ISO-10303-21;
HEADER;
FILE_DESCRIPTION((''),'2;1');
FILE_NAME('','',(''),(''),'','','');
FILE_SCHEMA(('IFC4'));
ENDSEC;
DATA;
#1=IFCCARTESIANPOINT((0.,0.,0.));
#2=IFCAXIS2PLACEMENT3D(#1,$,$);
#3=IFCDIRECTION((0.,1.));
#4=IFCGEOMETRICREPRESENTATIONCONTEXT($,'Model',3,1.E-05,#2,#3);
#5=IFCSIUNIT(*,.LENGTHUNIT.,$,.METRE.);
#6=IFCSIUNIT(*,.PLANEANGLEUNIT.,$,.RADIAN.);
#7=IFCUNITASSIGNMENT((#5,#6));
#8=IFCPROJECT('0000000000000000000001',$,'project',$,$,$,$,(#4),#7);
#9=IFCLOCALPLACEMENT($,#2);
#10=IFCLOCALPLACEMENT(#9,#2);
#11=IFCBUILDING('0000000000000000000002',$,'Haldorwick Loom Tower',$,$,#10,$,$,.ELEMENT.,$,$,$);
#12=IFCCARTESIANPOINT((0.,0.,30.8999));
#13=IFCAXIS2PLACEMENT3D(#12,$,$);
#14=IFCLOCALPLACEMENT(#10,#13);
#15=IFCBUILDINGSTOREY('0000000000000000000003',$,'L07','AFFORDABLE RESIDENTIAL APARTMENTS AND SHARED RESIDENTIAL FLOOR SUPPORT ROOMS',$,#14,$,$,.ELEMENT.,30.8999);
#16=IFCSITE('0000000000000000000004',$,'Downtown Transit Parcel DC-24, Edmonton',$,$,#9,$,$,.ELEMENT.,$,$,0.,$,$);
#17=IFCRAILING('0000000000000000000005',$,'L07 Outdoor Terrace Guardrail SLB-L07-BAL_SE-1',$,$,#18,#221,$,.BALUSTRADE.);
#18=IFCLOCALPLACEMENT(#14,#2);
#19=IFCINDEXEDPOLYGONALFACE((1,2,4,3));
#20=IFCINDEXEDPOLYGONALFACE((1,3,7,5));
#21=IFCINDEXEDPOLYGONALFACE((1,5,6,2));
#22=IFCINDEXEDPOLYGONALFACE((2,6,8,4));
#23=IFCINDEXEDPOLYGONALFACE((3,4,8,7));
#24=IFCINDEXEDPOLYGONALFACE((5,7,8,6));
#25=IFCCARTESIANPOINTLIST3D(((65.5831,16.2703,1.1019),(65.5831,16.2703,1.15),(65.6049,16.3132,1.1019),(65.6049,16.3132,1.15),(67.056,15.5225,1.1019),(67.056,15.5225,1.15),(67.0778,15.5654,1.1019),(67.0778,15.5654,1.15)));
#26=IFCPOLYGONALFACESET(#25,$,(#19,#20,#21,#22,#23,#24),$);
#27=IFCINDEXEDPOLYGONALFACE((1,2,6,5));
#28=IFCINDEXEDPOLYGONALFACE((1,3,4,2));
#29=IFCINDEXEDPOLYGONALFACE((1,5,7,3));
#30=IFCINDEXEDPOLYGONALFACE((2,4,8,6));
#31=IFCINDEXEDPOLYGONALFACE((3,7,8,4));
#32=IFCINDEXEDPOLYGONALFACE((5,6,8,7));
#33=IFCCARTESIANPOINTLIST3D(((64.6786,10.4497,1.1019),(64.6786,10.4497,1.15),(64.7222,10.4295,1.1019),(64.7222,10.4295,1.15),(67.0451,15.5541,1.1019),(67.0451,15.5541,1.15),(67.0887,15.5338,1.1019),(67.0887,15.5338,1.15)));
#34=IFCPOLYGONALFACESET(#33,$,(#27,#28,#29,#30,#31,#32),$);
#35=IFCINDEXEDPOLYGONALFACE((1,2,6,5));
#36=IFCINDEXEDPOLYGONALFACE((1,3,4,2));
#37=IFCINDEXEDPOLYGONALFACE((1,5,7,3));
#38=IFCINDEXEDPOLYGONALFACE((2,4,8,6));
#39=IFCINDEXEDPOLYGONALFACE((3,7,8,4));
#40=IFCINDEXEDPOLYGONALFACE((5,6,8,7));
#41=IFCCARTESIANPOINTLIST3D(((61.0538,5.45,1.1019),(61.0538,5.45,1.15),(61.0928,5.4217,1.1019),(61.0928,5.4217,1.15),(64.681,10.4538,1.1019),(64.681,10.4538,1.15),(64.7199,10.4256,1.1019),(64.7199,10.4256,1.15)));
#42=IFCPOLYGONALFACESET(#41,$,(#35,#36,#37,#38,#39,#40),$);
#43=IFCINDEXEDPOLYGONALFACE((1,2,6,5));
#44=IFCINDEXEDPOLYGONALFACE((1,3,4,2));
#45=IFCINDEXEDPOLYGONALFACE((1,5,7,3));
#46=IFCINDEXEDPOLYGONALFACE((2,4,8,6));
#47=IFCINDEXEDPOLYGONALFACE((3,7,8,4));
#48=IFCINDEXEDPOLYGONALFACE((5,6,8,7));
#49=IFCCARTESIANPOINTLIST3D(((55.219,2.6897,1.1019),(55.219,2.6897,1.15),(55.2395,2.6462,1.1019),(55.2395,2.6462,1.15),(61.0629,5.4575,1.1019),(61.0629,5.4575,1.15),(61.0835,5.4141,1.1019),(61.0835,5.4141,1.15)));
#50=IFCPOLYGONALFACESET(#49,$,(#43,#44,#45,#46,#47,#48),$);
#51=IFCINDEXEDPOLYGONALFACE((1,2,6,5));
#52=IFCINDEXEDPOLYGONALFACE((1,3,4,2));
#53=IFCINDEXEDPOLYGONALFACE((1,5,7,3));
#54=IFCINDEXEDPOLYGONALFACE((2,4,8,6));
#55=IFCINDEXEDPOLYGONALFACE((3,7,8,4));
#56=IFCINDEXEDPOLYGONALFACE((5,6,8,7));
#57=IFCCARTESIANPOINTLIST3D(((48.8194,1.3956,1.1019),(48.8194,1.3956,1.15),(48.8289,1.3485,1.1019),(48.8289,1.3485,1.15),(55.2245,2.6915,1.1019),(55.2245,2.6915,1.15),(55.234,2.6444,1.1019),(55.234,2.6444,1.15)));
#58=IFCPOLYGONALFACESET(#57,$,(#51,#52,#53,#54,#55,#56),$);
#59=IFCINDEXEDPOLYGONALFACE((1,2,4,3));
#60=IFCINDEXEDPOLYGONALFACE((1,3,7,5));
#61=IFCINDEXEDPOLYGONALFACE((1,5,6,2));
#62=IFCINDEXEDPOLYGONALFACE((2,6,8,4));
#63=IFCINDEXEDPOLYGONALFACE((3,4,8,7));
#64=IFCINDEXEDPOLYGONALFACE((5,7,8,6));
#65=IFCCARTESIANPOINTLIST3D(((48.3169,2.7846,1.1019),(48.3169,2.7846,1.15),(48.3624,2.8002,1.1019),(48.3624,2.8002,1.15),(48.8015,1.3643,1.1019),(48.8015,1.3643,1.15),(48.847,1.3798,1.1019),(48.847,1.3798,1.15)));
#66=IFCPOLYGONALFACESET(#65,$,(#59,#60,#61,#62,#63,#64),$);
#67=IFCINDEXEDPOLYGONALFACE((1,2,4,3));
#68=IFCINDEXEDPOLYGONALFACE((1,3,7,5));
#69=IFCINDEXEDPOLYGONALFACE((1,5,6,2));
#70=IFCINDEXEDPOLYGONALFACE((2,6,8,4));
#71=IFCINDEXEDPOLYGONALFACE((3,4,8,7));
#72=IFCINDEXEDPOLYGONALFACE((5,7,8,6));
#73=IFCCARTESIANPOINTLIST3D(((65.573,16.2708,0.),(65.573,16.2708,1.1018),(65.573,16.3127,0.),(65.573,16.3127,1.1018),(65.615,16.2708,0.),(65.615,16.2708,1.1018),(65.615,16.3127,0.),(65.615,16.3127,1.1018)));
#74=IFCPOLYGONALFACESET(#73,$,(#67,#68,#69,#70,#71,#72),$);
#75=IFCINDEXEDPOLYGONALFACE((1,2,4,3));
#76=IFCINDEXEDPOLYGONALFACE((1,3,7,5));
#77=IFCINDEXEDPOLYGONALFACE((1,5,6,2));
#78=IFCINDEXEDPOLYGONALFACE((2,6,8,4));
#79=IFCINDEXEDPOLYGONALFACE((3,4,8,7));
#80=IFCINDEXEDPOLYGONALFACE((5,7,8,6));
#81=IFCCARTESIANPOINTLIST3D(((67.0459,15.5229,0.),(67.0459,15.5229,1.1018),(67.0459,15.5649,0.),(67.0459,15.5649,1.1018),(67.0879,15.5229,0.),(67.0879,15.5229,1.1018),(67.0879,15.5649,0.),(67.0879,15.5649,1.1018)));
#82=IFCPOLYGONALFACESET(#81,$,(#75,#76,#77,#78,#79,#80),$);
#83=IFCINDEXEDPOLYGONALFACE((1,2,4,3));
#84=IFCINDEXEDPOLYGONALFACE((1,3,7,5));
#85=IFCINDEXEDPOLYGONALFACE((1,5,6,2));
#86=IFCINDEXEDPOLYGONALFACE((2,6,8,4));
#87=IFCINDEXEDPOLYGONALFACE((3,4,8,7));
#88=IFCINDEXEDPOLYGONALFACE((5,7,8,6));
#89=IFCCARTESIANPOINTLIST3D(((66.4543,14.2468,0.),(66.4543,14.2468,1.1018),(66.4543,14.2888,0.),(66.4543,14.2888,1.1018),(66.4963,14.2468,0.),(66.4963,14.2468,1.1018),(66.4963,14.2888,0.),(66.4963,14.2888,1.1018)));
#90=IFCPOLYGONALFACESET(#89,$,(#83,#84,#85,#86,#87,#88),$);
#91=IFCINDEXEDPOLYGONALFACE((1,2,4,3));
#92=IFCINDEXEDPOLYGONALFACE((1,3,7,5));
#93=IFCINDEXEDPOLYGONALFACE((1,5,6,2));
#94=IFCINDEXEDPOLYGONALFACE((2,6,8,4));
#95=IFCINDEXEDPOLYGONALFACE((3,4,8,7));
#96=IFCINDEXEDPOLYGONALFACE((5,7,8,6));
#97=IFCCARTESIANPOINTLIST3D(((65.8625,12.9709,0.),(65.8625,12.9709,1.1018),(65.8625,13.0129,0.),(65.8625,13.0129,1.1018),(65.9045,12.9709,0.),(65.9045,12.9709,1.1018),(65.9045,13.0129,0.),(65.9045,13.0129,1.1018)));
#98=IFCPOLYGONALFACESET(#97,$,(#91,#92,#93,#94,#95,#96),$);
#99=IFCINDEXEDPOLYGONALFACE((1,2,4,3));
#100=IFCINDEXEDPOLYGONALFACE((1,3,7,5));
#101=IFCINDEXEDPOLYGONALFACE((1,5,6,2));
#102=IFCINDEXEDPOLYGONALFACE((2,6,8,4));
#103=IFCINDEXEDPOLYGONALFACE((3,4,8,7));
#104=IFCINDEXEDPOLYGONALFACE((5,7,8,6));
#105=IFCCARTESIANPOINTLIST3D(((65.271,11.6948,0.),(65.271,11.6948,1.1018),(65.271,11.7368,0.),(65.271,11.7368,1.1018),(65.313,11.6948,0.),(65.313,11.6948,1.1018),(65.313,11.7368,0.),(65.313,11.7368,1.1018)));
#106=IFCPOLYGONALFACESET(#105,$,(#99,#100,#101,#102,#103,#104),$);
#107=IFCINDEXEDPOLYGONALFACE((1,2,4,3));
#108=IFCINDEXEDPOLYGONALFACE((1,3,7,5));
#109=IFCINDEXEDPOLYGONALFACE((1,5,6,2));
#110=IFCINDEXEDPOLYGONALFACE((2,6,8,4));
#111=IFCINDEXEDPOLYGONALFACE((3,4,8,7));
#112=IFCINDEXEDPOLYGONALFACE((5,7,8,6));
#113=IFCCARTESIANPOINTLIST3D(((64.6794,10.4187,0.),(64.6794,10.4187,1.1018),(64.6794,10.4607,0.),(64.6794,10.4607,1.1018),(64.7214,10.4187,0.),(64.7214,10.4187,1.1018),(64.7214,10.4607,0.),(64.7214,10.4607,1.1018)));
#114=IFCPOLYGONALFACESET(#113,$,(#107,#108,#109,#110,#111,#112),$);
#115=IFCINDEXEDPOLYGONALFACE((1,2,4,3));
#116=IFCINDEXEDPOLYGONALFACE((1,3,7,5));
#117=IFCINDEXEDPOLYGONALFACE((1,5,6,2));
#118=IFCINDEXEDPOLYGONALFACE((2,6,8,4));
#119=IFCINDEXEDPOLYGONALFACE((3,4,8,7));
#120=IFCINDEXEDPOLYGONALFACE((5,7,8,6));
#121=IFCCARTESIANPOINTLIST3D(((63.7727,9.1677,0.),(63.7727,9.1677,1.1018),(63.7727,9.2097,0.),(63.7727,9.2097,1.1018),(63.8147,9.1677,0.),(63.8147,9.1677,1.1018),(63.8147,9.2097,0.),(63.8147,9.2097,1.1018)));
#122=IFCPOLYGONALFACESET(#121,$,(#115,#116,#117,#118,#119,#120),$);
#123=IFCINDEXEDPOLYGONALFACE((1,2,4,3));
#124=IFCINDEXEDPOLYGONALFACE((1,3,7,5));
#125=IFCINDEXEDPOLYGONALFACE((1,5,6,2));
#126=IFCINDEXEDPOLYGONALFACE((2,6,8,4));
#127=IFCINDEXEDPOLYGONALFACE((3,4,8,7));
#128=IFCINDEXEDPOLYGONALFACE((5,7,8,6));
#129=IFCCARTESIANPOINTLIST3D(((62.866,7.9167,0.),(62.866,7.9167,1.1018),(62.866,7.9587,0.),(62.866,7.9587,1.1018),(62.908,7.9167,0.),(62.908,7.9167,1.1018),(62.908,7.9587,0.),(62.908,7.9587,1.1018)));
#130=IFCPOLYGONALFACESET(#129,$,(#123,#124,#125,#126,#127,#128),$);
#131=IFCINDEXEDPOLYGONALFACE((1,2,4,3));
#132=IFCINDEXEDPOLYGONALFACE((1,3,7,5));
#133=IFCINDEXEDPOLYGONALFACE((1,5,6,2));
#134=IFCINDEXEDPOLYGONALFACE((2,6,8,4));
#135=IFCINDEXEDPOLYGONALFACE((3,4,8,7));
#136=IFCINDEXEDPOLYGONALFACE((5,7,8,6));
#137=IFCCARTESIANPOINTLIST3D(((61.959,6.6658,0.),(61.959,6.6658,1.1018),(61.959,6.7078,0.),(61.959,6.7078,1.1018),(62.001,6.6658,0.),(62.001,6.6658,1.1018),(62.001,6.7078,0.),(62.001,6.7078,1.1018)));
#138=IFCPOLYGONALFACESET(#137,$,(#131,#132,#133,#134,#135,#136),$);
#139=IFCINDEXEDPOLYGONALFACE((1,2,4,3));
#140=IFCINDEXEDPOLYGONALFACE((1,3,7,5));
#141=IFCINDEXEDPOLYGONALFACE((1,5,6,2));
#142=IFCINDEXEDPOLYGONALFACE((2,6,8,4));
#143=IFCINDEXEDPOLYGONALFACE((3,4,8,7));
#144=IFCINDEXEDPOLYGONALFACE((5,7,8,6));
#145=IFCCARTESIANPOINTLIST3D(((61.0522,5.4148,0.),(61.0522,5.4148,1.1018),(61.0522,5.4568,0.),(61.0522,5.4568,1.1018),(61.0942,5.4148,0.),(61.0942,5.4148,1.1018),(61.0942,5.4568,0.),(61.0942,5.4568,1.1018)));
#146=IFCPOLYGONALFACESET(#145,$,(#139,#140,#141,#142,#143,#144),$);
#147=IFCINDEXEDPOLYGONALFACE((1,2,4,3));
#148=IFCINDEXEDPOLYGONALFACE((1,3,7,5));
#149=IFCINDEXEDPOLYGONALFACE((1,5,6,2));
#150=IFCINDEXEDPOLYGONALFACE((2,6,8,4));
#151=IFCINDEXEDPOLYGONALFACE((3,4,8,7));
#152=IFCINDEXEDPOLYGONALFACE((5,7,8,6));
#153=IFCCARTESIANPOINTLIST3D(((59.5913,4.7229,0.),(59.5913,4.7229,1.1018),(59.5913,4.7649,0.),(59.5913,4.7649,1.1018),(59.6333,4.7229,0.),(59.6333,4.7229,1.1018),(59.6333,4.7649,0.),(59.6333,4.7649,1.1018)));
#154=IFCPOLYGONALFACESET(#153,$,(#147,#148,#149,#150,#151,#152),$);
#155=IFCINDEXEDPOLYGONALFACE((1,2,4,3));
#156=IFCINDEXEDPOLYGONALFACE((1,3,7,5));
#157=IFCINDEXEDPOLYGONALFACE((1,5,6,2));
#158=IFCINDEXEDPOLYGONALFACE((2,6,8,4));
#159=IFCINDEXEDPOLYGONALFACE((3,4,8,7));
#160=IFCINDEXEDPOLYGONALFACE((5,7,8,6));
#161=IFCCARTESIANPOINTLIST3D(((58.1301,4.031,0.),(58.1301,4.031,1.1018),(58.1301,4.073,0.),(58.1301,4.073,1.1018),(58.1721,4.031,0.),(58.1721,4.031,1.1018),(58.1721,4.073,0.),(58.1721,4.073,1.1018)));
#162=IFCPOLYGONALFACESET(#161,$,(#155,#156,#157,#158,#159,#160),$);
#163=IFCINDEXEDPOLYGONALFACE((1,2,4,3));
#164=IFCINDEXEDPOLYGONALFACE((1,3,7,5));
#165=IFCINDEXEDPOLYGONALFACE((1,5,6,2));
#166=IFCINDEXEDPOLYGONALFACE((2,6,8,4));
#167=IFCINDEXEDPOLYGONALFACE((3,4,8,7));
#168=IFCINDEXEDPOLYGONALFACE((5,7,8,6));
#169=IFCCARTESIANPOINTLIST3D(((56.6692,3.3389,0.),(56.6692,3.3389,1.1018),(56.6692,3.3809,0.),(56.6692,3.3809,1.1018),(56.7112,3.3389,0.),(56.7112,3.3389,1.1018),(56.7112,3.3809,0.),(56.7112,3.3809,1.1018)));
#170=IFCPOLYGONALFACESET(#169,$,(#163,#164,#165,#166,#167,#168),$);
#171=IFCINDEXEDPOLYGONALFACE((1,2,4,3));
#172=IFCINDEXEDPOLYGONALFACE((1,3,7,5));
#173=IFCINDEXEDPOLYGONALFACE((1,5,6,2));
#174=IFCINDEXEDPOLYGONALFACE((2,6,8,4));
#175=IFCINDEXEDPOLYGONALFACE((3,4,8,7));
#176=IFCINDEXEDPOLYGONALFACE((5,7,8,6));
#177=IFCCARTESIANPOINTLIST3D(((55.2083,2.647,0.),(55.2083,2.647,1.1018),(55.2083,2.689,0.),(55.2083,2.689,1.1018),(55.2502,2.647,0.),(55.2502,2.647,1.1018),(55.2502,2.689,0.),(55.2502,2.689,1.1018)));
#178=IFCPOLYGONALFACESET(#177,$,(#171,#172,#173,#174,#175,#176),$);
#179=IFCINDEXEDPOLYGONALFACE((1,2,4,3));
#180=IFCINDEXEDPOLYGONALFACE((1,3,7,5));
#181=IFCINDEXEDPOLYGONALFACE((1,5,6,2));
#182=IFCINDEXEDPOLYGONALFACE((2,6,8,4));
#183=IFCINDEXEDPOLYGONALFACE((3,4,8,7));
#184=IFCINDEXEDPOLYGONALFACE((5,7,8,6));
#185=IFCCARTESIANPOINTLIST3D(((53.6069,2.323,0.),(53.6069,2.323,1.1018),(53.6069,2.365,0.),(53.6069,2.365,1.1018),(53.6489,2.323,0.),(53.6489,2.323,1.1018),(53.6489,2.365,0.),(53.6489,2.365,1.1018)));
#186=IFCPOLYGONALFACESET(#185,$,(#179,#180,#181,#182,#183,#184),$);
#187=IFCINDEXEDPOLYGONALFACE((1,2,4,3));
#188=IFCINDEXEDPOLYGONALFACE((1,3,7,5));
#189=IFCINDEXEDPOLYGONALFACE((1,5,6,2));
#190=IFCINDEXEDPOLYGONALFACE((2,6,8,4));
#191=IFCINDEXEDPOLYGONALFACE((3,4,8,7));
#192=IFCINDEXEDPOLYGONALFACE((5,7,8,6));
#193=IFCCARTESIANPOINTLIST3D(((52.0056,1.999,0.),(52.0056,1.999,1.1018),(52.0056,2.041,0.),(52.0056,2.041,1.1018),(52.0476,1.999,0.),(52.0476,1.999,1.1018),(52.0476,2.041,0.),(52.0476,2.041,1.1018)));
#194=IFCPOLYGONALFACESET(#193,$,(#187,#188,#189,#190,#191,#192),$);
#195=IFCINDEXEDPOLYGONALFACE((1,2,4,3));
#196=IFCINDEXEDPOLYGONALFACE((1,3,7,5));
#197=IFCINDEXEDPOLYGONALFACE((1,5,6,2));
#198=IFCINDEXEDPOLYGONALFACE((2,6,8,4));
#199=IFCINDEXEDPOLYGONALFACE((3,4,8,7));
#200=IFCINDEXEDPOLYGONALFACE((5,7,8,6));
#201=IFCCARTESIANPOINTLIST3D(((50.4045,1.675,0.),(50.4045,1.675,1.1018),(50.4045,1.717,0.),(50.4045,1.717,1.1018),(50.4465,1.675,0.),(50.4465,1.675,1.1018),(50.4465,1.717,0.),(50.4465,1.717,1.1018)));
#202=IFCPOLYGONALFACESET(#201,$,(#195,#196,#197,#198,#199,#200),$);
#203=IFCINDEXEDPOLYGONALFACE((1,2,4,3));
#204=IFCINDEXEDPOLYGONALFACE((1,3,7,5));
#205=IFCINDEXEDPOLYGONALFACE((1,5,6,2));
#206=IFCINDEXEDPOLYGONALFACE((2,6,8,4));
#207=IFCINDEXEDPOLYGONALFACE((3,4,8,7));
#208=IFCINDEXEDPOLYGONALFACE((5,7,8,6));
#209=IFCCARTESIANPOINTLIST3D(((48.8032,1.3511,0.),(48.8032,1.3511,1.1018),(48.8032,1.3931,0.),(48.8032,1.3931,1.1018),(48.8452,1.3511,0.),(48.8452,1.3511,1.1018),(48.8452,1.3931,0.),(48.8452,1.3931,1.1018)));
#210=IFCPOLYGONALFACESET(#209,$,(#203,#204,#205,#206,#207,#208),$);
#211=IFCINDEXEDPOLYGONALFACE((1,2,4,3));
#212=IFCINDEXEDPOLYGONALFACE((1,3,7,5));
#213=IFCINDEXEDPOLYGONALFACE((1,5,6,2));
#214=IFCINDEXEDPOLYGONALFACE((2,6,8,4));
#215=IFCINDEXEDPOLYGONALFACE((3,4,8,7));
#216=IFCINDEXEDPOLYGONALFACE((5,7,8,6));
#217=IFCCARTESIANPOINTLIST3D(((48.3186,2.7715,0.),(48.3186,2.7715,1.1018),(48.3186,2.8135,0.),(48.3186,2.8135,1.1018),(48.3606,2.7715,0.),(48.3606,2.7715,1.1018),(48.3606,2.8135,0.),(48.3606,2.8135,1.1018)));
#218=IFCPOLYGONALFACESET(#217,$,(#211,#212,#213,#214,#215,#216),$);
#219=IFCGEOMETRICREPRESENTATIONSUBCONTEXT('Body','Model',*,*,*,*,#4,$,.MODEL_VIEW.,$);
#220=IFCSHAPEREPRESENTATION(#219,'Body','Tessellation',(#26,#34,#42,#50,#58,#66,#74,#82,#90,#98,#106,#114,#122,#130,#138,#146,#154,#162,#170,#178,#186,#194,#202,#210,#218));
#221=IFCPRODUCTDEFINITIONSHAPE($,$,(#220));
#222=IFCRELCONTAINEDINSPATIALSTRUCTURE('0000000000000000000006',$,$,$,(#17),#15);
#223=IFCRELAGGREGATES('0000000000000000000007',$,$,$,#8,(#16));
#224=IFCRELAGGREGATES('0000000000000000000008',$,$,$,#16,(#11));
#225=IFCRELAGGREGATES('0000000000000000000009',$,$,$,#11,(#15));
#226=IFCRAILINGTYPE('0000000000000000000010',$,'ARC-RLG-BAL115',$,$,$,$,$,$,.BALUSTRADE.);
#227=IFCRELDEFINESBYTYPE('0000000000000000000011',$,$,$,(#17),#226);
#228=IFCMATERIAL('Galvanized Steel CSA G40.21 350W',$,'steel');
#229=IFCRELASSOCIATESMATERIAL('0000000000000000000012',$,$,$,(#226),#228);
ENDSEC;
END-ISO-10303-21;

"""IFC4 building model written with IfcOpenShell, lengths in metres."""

from ifc_helpers import new_model, si_unit, direction, frame, origin, origin_2d, place, context, subcontext, project, spatial, rectangle, extrude, material, type_object, element, save


model = new_model("IFC4")

# Units and contexts
model_context = context("Model", 3, precision=1e-05, world=origin(), true_north=direction((0.0, 1.0)))
body_context = subcontext(model_context, "Body", "Model", "MODEL_VIEW")
ifc_project = project(units=[si_unit("LENGTHUNIT", "METRE"), si_unit("PLANEANGLEUNIT", "RADIAN")], contexts=[model_context])

# Site, building, storey
site_placement = place(None, origin())
site = spatial("IfcSite", under=ifc_project, at=site_placement, Name="Downtown Transit Parcel DC-24, Edmonton", CompositionType="ELEMENT", RefElevation=0.0)
building_placement = place(site_placement, origin())
building = spatial("IfcBuilding", under=site, at=building_placement, Name="Haldorwick Loom Tower", CompositionType="ELEMENT")
storey_placement = place(building_placement, frame((0.0, 0.0, 30.8999)))
storey = spatial("IfcBuildingStorey", under=building, at=storey_placement, Name="L07", Description="AFFORDABLE RESIDENTIAL APARTMENTS AND SHARED RESIDENTIAL FLOOR SUPPORT ROOMS", CompositionType="ELEMENT", Elevation=30.8999)

# Railing
ifc_material_1 = material(Name="Galvanized Steel CSA G40.21 350W", Category="steel")
railing_type = type_object("IfcRailingType", Name="ARC-RLG-BAL115", PredefinedType="BALUSTRADE", material=ifc_material_1)
railing_placement = place(storey_placement, frame((65.594, 16.2917, 0.0)))
element("IfcRailing", 1, at=railing_placement, inside=storey, type_object=railing_type, Name="L07 Outdoor Terrace Guardrail SLB-L07-BAL_SE-1", PredefinedType="BALUSTRADE", context=body_context, shape_type="SweptSolid", body=[
    extrude(rectangle(XDim=0.0481, YDim=0.0481, at=origin_2d()), frame((0.0, 0.0, 1.126), z_axis=(0.891661, -0.452703, 0.0), x_axis=(0.452703, 0.891661, 0.0)), (0.0, 0.0, 1.0), 1.6519),
    extrude(rectangle(XDim=0.0481, YDim=0.0481, at=origin_2d()), frame((1.4729, -0.7478, 1.126), z_axis=(-0.420618, -0.907238, 0.0), x_axis=(0.907238, -0.420618, 0.0)), (0.0, 0.0, 1.0), 5.6262),
    extrude(rectangle(XDim=0.0481, YDim=0.0481, at=origin_2d()), frame((-0.8936, -5.8521, 1.126), z_axis=(-0.5869, -0.809659, 0.0), x_axis=(0.809659, -0.5869, 0.0)), (0.0, 0.0, 1.0), 6.1802),
    extrude(rectangle(XDim=0.0481, YDim=0.0481, at=origin_2d()), frame((-4.5208, -10.856, 1.126), z_axis=(-0.903761, -0.428038, 0.0), x_axis=(0.428038, -0.903761, 0.0)), (0.0, 0.0, 1.0), 6.4663),
    extrude(rectangle(XDim=0.0481, YDim=0.0481, at=origin_2d()), frame((-10.3647, -13.6238, 1.126), z_axis=(-0.98014, -0.198307, 0.0), x_axis=(0.198307, -0.98014, 0.0)), (0.0, 0.0, 1.0), 6.5349),
    extrude(rectangle(XDim=0.0481, YDim=0.0481, at=origin_2d()), frame((-16.7698, -14.9197, 1.126), z_axis=(-0.322906, 0.946431, 0.0), x_axis=(-0.946431, -0.322906, 0.0)), (0.0, 0.0, 1.0), 1.5007),
    extrude(rectangle(XDim=0.042, YDim=0.042, at=origin_2d()), origin(), (0.0, 0.0, 1.0), 1.1018),
    extrude(rectangle(XDim=0.042, YDim=0.042, at=origin_2d()), frame((1.4729, -0.7478, 0.0)), (0.0, 0.0, 1.0), 1.1018),
    extrude(rectangle(XDim=0.042, YDim=0.042, at=origin_2d()), frame((0.8813, -2.0239, 0.0)), (0.0, 0.0, 1.0), 1.1018),
    extrude(rectangle(XDim=0.042, YDim=0.042, at=origin_2d()), frame((0.2896, -3.2998, 0.0)), (0.0, 0.0, 1.0), 1.1018),
    extrude(rectangle(XDim=0.042, YDim=0.042, at=origin_2d()), frame((-0.302, -4.5759, 0.0)), (0.0, 0.0, 1.0), 1.1018),
    extrude(rectangle(XDim=0.042, YDim=0.042, at=origin_2d()), frame((-0.8936, -5.8521, 0.0)), (0.0, 0.0, 1.0), 1.1018),
    extrude(rectangle(XDim=0.042, YDim=0.042, at=origin_2d()), frame((-1.8003, -7.103, 0.0)), (0.0, 0.0, 1.0), 1.1018),
    extrude(rectangle(XDim=0.042, YDim=0.042, at=origin_2d()), frame((-2.707, -8.354, 0.0)), (0.0, 0.0, 1.0), 1.1018),
    extrude(rectangle(XDim=0.042, YDim=0.042, at=origin_2d()), frame((-3.614, -9.605, 0.0)), (0.0, 0.0, 1.0), 1.1018),
    extrude(rectangle(XDim=0.042, YDim=0.042, at=origin_2d()), frame((-4.5208, -10.856, 0.0)), (0.0, 0.0, 1.0), 1.1018),
    extrude(rectangle(XDim=0.042, YDim=0.042, at=origin_2d()), frame((-5.9817, -11.5479, 0.0)), (0.0, 0.0, 1.0), 1.1018),
    extrude(rectangle(XDim=0.042, YDim=0.042, at=origin_2d()), frame((-7.4429, -12.2397, 0.0)), (0.0, 0.0, 1.0), 1.1018),
    extrude(rectangle(XDim=0.042, YDim=0.042, at=origin_2d()), frame((-8.9038, -12.9319, 0.0)), (0.0, 0.0, 1.0), 1.1018),
    extrude(rectangle(XDim=0.042, YDim=0.042, at=origin_2d()), frame((-10.3647, -13.6238, 0.0)), (0.0, 0.0, 1.0), 1.1018),
    extrude(rectangle(XDim=0.042, YDim=0.042, at=origin_2d()), frame((-11.9661, -13.9478, 0.0)), (0.0, 0.0, 1.0), 1.1018),
    extrude(rectangle(XDim=0.042, YDim=0.042, at=origin_2d()), frame((-13.5674, -14.2717, 0.0)), (0.0, 0.0, 1.0), 1.1018),
    extrude(rectangle(XDim=0.042, YDim=0.042, at=origin_2d()), frame((-15.1685, -14.5957, 0.0)), (0.0, 0.0, 1.0), 1.1018),
    extrude(rectangle(XDim=0.042, YDim=0.042, at=origin_2d()), frame((-16.7698, -14.9197, 0.0)), (0.0, 0.0, 1.0), 1.1018),
    extrude(rectangle(XDim=0.042, YDim=0.042, at=origin_2d()), frame((-17.2544, -13.4993, 0.0)), (0.0, 0.0, 1.0), 1.1018),
])

save(model, "model.ifc")
